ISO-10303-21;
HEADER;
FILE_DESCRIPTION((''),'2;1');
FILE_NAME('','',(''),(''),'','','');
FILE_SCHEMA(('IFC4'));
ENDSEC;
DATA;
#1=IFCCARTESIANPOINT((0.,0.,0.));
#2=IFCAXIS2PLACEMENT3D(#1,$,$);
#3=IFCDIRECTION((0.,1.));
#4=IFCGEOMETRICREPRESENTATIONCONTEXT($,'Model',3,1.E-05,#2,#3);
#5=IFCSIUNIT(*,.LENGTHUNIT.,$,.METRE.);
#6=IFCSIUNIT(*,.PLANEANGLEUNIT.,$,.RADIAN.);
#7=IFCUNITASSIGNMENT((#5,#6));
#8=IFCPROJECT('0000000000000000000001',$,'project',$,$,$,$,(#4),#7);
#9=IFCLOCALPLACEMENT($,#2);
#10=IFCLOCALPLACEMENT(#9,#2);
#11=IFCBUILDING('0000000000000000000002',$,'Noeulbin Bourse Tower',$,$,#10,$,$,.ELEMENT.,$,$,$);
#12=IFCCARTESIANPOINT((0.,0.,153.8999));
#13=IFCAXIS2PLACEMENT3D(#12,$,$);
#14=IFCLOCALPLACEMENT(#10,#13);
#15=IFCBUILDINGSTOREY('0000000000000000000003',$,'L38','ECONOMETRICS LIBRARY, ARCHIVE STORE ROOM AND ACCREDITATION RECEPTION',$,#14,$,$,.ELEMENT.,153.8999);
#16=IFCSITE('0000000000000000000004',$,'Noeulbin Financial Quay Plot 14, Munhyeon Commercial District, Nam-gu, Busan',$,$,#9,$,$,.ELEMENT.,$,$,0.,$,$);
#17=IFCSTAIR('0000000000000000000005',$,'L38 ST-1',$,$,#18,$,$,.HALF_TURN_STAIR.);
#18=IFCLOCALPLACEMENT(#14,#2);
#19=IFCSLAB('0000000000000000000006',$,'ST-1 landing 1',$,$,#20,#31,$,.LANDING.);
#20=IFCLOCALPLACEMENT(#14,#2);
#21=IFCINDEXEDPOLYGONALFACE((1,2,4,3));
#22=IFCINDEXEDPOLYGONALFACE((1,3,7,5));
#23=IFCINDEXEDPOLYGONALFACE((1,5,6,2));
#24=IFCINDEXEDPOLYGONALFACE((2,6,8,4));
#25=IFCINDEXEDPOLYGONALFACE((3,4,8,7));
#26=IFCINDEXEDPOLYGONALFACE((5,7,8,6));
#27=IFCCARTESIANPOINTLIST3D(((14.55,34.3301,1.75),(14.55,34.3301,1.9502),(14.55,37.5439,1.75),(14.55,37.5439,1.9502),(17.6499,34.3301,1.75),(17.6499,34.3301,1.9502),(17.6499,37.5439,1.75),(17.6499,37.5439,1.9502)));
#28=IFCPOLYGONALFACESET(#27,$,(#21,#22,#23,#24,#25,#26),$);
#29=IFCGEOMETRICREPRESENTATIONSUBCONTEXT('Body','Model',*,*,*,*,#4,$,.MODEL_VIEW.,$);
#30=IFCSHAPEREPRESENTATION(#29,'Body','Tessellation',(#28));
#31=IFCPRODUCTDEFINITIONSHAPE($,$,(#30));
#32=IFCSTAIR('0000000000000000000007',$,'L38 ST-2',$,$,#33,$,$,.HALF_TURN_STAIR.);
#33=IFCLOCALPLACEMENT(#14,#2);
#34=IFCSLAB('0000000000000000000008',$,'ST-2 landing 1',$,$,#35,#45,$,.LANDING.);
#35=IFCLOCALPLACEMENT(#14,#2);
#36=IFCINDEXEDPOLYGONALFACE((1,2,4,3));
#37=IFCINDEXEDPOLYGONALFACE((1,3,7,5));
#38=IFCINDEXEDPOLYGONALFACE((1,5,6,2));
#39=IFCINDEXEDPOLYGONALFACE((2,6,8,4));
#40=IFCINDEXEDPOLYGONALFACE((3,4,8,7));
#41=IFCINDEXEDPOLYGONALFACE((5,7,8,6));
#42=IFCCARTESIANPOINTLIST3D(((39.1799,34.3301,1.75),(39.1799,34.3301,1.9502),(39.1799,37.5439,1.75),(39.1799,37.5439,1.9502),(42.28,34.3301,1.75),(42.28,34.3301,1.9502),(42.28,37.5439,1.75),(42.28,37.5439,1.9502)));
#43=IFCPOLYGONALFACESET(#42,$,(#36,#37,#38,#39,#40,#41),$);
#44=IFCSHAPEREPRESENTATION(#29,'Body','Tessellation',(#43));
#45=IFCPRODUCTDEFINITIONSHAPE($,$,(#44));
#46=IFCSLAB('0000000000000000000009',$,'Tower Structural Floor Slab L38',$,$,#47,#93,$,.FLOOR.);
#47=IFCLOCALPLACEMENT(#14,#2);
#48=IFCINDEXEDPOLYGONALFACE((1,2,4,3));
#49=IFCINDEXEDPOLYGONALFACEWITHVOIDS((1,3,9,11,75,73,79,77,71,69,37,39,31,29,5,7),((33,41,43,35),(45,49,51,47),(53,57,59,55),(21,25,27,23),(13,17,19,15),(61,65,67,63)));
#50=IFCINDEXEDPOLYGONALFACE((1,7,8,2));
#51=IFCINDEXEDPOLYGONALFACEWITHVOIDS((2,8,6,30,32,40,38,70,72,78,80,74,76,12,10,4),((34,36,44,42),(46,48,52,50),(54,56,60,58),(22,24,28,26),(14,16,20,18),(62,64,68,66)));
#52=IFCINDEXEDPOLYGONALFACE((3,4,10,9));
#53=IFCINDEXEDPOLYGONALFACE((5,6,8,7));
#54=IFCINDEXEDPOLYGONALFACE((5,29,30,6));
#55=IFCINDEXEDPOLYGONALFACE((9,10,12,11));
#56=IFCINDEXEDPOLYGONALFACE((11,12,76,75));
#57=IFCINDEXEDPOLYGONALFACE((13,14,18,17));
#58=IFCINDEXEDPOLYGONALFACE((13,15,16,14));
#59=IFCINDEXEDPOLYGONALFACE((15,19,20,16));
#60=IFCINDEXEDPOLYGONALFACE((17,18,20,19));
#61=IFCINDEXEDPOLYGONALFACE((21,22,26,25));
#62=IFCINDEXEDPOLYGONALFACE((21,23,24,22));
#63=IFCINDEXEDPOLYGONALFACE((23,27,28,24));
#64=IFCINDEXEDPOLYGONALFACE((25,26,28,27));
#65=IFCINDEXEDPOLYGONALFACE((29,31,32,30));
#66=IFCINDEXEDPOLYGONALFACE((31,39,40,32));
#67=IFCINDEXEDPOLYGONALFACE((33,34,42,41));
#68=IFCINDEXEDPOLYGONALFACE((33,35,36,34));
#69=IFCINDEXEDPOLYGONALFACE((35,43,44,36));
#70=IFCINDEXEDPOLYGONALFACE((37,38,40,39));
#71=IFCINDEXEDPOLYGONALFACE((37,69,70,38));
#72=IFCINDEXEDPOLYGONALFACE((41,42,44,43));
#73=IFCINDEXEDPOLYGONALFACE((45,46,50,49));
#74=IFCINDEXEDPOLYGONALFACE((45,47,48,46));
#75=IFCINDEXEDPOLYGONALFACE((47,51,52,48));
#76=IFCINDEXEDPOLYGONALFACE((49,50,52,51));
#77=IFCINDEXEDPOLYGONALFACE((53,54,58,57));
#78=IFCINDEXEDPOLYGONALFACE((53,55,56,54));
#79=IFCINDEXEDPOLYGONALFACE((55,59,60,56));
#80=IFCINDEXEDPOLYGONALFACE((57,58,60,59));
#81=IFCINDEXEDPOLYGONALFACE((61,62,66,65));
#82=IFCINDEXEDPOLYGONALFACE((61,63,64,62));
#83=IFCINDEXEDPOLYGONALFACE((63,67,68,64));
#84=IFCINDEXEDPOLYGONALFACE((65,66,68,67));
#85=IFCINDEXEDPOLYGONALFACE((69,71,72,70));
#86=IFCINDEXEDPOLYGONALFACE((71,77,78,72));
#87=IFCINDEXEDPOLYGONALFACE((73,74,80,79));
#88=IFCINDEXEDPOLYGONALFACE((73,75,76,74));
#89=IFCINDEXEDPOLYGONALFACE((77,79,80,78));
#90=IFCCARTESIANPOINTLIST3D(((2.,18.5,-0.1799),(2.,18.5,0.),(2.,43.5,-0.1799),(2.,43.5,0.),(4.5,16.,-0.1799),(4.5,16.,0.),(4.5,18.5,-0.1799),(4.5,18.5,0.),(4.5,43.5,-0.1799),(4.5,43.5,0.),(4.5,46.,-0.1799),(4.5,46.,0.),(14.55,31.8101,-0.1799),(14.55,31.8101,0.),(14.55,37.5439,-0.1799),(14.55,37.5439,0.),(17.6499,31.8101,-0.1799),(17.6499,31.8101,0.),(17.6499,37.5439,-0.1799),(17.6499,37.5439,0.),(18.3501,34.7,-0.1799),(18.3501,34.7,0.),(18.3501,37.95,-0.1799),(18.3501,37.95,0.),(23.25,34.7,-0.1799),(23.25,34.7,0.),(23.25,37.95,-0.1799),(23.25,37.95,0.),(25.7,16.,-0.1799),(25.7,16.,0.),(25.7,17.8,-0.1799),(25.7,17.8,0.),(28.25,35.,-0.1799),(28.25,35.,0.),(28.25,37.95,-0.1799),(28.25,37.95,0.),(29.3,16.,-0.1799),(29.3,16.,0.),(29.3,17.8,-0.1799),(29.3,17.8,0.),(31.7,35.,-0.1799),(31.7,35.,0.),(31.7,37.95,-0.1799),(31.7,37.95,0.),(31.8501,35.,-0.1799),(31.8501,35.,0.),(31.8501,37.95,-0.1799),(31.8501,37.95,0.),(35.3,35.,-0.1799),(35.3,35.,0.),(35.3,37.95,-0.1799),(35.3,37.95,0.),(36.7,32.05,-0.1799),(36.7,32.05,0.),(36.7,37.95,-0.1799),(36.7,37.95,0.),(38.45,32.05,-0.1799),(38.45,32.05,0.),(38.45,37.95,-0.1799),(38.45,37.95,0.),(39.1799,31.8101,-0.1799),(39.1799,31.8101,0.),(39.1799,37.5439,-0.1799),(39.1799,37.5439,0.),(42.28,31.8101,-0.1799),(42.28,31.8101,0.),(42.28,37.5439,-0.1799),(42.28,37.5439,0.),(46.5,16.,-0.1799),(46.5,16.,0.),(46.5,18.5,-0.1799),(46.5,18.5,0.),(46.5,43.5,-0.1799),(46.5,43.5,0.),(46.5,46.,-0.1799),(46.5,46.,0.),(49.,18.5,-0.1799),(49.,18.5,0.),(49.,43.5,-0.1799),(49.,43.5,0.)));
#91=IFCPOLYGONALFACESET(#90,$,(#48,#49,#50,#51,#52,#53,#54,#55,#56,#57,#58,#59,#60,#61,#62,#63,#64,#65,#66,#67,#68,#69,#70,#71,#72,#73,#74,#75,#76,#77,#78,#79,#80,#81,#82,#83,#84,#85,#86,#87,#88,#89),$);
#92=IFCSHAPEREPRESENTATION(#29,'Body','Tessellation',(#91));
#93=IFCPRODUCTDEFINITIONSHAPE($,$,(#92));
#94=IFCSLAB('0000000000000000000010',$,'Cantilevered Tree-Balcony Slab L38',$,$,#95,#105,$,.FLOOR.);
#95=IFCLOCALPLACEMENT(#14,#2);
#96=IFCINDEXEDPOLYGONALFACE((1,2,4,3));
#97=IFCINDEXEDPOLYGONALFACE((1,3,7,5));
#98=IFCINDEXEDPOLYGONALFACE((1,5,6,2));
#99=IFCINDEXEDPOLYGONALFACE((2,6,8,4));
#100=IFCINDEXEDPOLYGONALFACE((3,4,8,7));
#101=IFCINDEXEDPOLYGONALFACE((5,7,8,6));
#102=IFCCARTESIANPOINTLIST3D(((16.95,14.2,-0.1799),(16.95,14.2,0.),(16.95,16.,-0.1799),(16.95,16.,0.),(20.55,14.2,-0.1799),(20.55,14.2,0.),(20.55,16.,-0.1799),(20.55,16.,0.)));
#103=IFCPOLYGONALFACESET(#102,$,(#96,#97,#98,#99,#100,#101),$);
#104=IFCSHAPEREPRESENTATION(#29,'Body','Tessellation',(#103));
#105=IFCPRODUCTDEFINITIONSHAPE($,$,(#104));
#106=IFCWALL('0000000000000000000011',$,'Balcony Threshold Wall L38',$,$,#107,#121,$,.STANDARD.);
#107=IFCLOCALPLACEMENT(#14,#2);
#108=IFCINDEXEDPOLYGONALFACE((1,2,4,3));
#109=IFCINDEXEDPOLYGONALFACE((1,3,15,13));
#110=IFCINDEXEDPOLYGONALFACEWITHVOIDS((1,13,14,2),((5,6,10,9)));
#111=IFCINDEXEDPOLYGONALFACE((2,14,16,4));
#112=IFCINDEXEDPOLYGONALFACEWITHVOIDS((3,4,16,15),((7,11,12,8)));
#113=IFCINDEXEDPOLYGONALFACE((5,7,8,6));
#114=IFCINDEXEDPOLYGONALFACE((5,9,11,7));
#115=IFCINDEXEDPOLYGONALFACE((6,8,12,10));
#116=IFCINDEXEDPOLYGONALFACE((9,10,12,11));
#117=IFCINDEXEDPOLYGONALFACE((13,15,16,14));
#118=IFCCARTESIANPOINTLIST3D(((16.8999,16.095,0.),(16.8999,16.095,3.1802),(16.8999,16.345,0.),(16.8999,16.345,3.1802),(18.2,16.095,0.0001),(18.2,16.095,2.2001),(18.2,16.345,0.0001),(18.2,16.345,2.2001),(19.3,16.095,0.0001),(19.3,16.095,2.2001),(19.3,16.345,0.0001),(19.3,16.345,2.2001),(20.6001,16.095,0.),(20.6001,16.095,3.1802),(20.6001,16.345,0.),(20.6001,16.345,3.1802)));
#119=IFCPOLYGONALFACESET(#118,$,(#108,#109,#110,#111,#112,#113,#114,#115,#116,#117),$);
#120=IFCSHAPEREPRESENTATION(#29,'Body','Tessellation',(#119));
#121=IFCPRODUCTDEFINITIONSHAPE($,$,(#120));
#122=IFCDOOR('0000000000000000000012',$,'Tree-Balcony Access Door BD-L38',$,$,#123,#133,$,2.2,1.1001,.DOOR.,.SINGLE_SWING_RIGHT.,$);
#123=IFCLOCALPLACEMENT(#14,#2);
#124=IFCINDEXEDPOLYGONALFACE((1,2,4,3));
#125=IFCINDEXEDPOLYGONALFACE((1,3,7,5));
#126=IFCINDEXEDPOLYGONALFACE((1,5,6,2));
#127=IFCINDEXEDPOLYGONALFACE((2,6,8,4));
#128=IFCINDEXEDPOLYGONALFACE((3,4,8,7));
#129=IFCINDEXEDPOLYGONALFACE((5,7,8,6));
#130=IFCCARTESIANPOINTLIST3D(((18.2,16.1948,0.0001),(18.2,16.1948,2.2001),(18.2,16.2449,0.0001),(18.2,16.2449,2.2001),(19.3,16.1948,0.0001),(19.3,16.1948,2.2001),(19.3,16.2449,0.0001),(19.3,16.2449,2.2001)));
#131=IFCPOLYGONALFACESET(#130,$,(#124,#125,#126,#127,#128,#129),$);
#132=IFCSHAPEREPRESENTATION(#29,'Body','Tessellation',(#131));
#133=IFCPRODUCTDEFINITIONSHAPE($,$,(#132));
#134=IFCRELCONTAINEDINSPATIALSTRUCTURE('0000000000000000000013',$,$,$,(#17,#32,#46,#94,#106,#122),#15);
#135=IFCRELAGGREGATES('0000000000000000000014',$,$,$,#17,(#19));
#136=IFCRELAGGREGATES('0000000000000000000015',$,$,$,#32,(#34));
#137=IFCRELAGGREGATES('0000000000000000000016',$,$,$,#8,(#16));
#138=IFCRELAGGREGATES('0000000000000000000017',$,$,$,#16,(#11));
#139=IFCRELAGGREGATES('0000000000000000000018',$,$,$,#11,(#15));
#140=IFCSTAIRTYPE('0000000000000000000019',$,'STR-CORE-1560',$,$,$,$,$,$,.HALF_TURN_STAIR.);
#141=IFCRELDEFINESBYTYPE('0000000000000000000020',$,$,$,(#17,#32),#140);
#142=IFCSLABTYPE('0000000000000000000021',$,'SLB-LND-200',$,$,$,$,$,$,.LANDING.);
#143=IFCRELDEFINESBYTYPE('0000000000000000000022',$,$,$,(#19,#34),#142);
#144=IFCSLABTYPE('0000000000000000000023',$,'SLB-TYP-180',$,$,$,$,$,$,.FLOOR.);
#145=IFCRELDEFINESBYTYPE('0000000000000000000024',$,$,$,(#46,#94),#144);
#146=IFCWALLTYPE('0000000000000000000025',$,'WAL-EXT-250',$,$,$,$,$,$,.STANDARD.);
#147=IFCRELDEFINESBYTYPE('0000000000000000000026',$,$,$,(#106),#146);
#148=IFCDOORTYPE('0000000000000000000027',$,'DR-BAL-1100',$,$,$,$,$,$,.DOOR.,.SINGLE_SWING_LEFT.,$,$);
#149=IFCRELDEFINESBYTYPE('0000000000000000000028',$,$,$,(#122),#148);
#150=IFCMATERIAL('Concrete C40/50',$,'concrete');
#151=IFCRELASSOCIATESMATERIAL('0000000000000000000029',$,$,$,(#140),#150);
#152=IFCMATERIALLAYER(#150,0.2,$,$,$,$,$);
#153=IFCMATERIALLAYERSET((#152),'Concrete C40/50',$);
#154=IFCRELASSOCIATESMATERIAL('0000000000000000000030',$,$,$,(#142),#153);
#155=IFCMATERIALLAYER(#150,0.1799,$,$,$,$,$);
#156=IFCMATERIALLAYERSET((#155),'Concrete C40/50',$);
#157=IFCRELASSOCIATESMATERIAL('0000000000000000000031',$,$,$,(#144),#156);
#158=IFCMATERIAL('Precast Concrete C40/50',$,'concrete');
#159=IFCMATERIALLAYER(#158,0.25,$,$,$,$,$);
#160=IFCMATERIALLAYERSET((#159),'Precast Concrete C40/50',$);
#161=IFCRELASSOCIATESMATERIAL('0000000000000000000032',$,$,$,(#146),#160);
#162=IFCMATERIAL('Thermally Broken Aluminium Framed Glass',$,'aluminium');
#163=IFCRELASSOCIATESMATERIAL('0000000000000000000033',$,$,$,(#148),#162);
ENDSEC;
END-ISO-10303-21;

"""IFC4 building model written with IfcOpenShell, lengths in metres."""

from ifc_helpers import new_model, si_unit, direction, frame, frame_2d, origin, place, context, subcontext, project, spatial, polyline, rectangle, outline, extrude, material, layer, layer_set, type_object, element, fill, aggregate, save


model = new_model("IFC4")

# Units and contexts
model_context = context("Model", 3, precision=1e-05, world=origin(), true_north=direction((0.0, 1.0)))
body_context = subcontext(model_context, "Body", "Model", "MODEL_VIEW")
ifc_project = project(units=[si_unit("LENGTHUNIT", "METRE"), si_unit("PLANEANGLEUNIT", "RADIAN")], contexts=[model_context])

# Site, building, storey
site_placement = place(None, origin())
site = spatial("IfcSite", under=ifc_project, at=site_placement, Name="Noeulbin Financial Quay Plot 14, Munhyeon Commercial District, Nam-gu, Busan", CompositionType="ELEMENT", RefElevation=0.0)
building_placement = place(site_placement, origin())
building = spatial("IfcBuilding", under=site, at=building_placement, Name="Noeulbin Bourse Tower", CompositionType="ELEMENT")
storey_placement = place(building_placement, frame((0.0, 0.0, 153.8999)))
storey = spatial("IfcBuildingStorey", under=building, at=storey_placement, Name="L38", Description="ECONOMETRICS LIBRARY, ARCHIVE STORE ROOM AND ACCREDITATION RECEPTION", CompositionType="ELEMENT", Elevation=153.8999)

# Stairs, slabs
ifc_material_1 = material(Name="Concrete C40/50", Category="concrete")
stair_type = type_object("IfcStairType", Name="STR-CORE-1560", PredefinedType="HALF_TURN_STAIR", material=ifc_material_1)
stair_1_placement = place(storey_placement, origin())
stair_1 = element("IfcStair", 1, at=stair_1_placement, inside=storey, type_object=stair_type, Name="L38 ST-1", PredefinedType="HALF_TURN_STAIR")
ifc_layer_1 = layer(ifc_material_1, 0.2)
ifc_layer_set_1 = layer_set([ifc_layer_1], Name="Concrete C40/50")
slab_type_1 = type_object("IfcSlabType", Name="SLB-LND-200", PredefinedType="LANDING", material=ifc_layer_set_1)
slab_1_placement = place(storey_placement, frame((0.0, 0.0, 1.75)))
slab_1 = element("IfcSlab", 2, at=slab_1_placement, type_object=slab_type_1, Name="ST-1 landing 1", PredefinedType="LANDING", context=body_context, shape_type="SweptSolid", body=[
    extrude(outline(polyline([(17.6499, 34.3301), (17.6499, 37.5439), (14.55, 37.5439), (14.55, 34.3301), (17.6499, 34.3301)])), origin(), (0.0, 0.0, 1.0), 0.2002),
])
aggregate(stair_1, [slab_1])
stair_2_placement = place(storey_placement, origin())
stair_2 = element("IfcStair", 3, at=stair_2_placement, inside=storey, type_object=stair_type, Name="L38 ST-2", PredefinedType="HALF_TURN_STAIR")
slab_2_placement = place(storey_placement, frame((0.0, 0.0, 1.75)))
slab_2 = element("IfcSlab", 4, at=slab_2_placement, type_object=slab_type_1, Name="ST-2 landing 1", PredefinedType="LANDING", context=body_context, shape_type="SweptSolid", body=[
    extrude(outline(polyline([(42.28, 34.3301), (42.28, 37.5439), (39.1799, 37.5439), (39.1799, 34.3301), (42.28, 34.3301)])), origin(), (0.0, 0.0, 1.0), 0.2002),
])
aggregate(stair_2, [slab_2])

# Slab, openings
ifc_layer_2 = layer(ifc_material_1, 0.1799)
ifc_layer_set_2 = layer_set([ifc_layer_2], Name="Concrete C40/50")
slab_type_2 = type_object("IfcSlabType", Name="SLB-TYP-180", PredefinedType="FLOOR", material=ifc_layer_set_2)
slab_3_placement = place(storey_placement, frame((0.0, 0.0, -0.1799)))
slab_3 = element("IfcSlab", 5, at=slab_3_placement, inside=storey, type_object=slab_type_2, Name="Tower Structural Floor Slab L38", PredefinedType="FLOOR", context=body_context, shape_type="SweptSolid", body=[
    extrude(outline(polyline([(4.5, 16.0), (25.7, 16.0), (25.7, 17.8), (29.3, 17.8), (29.3, 16.0), (46.5, 16.0), (46.5, 18.5), (49.0, 18.5), (49.0, 43.5), (46.5, 43.5), (46.5, 46.0), (4.5, 46.0), (4.5, 43.5), (2.0, 43.5), (2.0, 18.5), (4.5, 18.5), (4.5, 16.0)]), holes=[polyline([(17.6499, 31.8101), (17.6499, 37.5439), (14.55, 37.5439), (14.55, 31.8101), (17.6499, 31.8101)]), polyline([(42.28, 31.8101), (42.28, 37.5439), (39.1799, 37.5439), (39.1799, 31.8101), (42.28, 31.8101)]), polyline([(18.3501, 34.7), (23.25, 34.7), (23.25, 37.95), (18.3501, 37.95), (18.3501, 34.7)]), polyline([(36.7, 32.05), (38.45, 32.05), (38.45, 37.95), (36.7, 37.95), (36.7, 32.05)]), polyline([(28.25, 35.0), (31.7, 35.0), (31.7, 37.95), (28.25, 37.95), (28.25, 35.0)]), polyline([(31.8501, 35.0), (35.3, 35.0), (35.3, 37.95), (31.8501, 37.95), (31.8501, 35.0)])]), origin(), (0.0, 0.0, 1.0), 0.1799),
])
opening_1_placement = place(slab_3_placement, frame((0.0, 0.0, -0.01)))
element("IfcOpeningElement", 6, at=opening_1_placement, cuts=slab_3, PredefinedType="OPENING", context=body_context, shape_type="SweptSolid", body=[
    extrude(outline(polyline([(17.6499, 31.8101), (17.6499, 37.5439), (14.55, 37.5439), (14.55, 31.8101), (17.6499, 31.8101)])), origin(), (0.0, 0.0, 1.0), 0.2),
])
opening_2_placement = place(slab_3_placement, frame((0.0, 0.0, -0.01)))
element("IfcOpeningElement", 7, at=opening_2_placement, cuts=slab_3, PredefinedType="OPENING", context=body_context, shape_type="SweptSolid", body=[
    extrude(outline(polyline([(42.28, 31.8101), (42.28, 37.5439), (39.1799, 37.5439), (39.1799, 31.8101), (42.28, 31.8101)])), origin(), (0.0, 0.0, 1.0), 0.2),
])
opening_3_placement = place(slab_3_placement, frame((0.0, 0.0, -0.01)))
element("IfcOpeningElement", 8, at=opening_3_placement, cuts=slab_3, PredefinedType="OPENING", context=body_context, shape_type="SweptSolid", body=[
    extrude(outline(polyline([(18.3501, 34.7), (23.25, 34.7), (23.25, 37.95), (18.3501, 37.95), (18.3501, 34.7)])), origin(), (0.0, 0.0, 1.0), 0.2),
])
opening_4_placement = place(slab_3_placement, frame((0.0, 0.0, -0.01)))
element("IfcOpeningElement", 9, at=opening_4_placement, cuts=slab_3, PredefinedType="OPENING", context=body_context, shape_type="SweptSolid", body=[
    extrude(outline(polyline([(36.7, 32.05), (38.45, 32.05), (38.45, 37.95), (36.7, 37.95), (36.7, 32.05)])), origin(), (0.0, 0.0, 1.0), 0.2),
])
opening_5_placement = place(slab_3_placement, frame((0.0, 0.0, -0.01)))
element("IfcOpeningElement", 10, at=opening_5_placement, cuts=slab_3, PredefinedType="OPENING", context=body_context, shape_type="SweptSolid", body=[
    extrude(outline(polyline([(28.25, 35.0), (31.7, 35.0), (31.7, 37.95), (28.25, 37.95), (28.25, 35.0)])), origin(), (0.0, 0.0, 1.0), 0.2),
])
opening_6_placement = place(slab_3_placement, frame((0.0, 0.0, -0.01)))
element("IfcOpeningElement", 11, at=opening_6_placement, cuts=slab_3, PredefinedType="OPENING", context=body_context, shape_type="SweptSolid", body=[
    extrude(outline(polyline([(31.8501, 35.0), (35.3, 35.0), (35.3, 37.95), (31.8501, 37.95), (31.8501, 35.0)])), origin(), (0.0, 0.0, 1.0), 0.2),
])

# Slab
slab_4_placement = place(storey_placement, frame((0.0, 0.0, -0.1799)))
element("IfcSlab", 12, at=slab_4_placement, inside=storey, type_object=slab_type_2, Name="Cantilevered Tree-Balcony Slab L38", PredefinedType="FLOOR", context=body_context, shape_type="SweptSolid", body=[
    extrude(outline(polyline([(16.95, 14.2), (20.55, 14.2), (20.55, 16.0), (16.95, 16.0), (16.95, 14.2)])), origin(), (0.0, 0.0, 1.0), 0.1799),
])

# Wall, opening, door
ifc_material_2 = material(Name="Precast Concrete C40/50", Category="concrete")
ifc_layer_3 = layer(ifc_material_2, 0.25)
ifc_layer_set_3 = layer_set([ifc_layer_3], Name="Precast Concrete C40/50")
wall_type_1 = type_object("IfcWallType", Name="WAL-EXT-250", PredefinedType="STANDARD", material=ifc_layer_set_3)
wall_1_placement = place(storey_placement, frame((16.8999, 16.22, 0.0), z_axis=(0.0, 0.0, 1.0), x_axis=(1.0, 0.0, 0.0)))
wall_1 = element("IfcWall", 13, at=wall_1_placement, inside=storey, type_object=wall_type_1, Name="Balcony Threshold Wall L38", PredefinedType="STANDARD", context=body_context, shape_type="SweptSolid", body=[
    extrude(rectangle(XDim=3.7002, YDim=0.25, at=frame_2d((1.8501, 0.0))), origin(), (0.0, 0.0, 1.0), 3.1802),
])
opening_7_placement = place(wall_1_placement, frame((1.3, 0.0, 0.0)))
opening_7 = element("IfcOpeningElement", 14, at=opening_7_placement, cuts=wall_1, PredefinedType="OPENING", context=body_context, shape_type="SweptSolid", body=[
    extrude(rectangle(XDim=1.1001, YDim=2.2, at=frame_2d((0.55, 1.1001))), frame((0.0, 0.135, 0.0), z_axis=(0.0, -1.0, 0.0), x_axis=(1.0, 0.0, 0.0)), (0.0, 0.0, 1.0), 0.27),
])
ifc_material_3 = material(Name="Thermally Broken Aluminium Framed Glass", Category="aluminium")
door_type_1 = type_object("IfcDoorType", Name="DR-BAL-1100", OperationType="SINGLE_SWING_LEFT", PredefinedType="DOOR", material=ifc_material_3)
door_1_placement = place(opening_7_placement, origin())
door_1 = element("IfcDoor", 15, at=door_1_placement, inside=storey, type_object=door_type_1, Name="Tree-Balcony Access Door BD-L38", OperationType="SINGLE_SWING_RIGHT", OverallHeight=2.2, OverallWidth=1.1001, PredefinedType="DOOR", context=body_context, shape_type="SweptSolid", body=[
    extrude(rectangle(XDim=1.1001, YDim=2.2, at=frame_2d((0.55, 1.1001))), frame((0.0, 0.0249, 0.0), z_axis=(0.0, -1.0, 0.0), x_axis=(1.0, 0.0, 0.0)), (0.0, 0.0, 1.0), 0.05),
])
fill(opening_7, door_1)

save(model, "model.ifc")
